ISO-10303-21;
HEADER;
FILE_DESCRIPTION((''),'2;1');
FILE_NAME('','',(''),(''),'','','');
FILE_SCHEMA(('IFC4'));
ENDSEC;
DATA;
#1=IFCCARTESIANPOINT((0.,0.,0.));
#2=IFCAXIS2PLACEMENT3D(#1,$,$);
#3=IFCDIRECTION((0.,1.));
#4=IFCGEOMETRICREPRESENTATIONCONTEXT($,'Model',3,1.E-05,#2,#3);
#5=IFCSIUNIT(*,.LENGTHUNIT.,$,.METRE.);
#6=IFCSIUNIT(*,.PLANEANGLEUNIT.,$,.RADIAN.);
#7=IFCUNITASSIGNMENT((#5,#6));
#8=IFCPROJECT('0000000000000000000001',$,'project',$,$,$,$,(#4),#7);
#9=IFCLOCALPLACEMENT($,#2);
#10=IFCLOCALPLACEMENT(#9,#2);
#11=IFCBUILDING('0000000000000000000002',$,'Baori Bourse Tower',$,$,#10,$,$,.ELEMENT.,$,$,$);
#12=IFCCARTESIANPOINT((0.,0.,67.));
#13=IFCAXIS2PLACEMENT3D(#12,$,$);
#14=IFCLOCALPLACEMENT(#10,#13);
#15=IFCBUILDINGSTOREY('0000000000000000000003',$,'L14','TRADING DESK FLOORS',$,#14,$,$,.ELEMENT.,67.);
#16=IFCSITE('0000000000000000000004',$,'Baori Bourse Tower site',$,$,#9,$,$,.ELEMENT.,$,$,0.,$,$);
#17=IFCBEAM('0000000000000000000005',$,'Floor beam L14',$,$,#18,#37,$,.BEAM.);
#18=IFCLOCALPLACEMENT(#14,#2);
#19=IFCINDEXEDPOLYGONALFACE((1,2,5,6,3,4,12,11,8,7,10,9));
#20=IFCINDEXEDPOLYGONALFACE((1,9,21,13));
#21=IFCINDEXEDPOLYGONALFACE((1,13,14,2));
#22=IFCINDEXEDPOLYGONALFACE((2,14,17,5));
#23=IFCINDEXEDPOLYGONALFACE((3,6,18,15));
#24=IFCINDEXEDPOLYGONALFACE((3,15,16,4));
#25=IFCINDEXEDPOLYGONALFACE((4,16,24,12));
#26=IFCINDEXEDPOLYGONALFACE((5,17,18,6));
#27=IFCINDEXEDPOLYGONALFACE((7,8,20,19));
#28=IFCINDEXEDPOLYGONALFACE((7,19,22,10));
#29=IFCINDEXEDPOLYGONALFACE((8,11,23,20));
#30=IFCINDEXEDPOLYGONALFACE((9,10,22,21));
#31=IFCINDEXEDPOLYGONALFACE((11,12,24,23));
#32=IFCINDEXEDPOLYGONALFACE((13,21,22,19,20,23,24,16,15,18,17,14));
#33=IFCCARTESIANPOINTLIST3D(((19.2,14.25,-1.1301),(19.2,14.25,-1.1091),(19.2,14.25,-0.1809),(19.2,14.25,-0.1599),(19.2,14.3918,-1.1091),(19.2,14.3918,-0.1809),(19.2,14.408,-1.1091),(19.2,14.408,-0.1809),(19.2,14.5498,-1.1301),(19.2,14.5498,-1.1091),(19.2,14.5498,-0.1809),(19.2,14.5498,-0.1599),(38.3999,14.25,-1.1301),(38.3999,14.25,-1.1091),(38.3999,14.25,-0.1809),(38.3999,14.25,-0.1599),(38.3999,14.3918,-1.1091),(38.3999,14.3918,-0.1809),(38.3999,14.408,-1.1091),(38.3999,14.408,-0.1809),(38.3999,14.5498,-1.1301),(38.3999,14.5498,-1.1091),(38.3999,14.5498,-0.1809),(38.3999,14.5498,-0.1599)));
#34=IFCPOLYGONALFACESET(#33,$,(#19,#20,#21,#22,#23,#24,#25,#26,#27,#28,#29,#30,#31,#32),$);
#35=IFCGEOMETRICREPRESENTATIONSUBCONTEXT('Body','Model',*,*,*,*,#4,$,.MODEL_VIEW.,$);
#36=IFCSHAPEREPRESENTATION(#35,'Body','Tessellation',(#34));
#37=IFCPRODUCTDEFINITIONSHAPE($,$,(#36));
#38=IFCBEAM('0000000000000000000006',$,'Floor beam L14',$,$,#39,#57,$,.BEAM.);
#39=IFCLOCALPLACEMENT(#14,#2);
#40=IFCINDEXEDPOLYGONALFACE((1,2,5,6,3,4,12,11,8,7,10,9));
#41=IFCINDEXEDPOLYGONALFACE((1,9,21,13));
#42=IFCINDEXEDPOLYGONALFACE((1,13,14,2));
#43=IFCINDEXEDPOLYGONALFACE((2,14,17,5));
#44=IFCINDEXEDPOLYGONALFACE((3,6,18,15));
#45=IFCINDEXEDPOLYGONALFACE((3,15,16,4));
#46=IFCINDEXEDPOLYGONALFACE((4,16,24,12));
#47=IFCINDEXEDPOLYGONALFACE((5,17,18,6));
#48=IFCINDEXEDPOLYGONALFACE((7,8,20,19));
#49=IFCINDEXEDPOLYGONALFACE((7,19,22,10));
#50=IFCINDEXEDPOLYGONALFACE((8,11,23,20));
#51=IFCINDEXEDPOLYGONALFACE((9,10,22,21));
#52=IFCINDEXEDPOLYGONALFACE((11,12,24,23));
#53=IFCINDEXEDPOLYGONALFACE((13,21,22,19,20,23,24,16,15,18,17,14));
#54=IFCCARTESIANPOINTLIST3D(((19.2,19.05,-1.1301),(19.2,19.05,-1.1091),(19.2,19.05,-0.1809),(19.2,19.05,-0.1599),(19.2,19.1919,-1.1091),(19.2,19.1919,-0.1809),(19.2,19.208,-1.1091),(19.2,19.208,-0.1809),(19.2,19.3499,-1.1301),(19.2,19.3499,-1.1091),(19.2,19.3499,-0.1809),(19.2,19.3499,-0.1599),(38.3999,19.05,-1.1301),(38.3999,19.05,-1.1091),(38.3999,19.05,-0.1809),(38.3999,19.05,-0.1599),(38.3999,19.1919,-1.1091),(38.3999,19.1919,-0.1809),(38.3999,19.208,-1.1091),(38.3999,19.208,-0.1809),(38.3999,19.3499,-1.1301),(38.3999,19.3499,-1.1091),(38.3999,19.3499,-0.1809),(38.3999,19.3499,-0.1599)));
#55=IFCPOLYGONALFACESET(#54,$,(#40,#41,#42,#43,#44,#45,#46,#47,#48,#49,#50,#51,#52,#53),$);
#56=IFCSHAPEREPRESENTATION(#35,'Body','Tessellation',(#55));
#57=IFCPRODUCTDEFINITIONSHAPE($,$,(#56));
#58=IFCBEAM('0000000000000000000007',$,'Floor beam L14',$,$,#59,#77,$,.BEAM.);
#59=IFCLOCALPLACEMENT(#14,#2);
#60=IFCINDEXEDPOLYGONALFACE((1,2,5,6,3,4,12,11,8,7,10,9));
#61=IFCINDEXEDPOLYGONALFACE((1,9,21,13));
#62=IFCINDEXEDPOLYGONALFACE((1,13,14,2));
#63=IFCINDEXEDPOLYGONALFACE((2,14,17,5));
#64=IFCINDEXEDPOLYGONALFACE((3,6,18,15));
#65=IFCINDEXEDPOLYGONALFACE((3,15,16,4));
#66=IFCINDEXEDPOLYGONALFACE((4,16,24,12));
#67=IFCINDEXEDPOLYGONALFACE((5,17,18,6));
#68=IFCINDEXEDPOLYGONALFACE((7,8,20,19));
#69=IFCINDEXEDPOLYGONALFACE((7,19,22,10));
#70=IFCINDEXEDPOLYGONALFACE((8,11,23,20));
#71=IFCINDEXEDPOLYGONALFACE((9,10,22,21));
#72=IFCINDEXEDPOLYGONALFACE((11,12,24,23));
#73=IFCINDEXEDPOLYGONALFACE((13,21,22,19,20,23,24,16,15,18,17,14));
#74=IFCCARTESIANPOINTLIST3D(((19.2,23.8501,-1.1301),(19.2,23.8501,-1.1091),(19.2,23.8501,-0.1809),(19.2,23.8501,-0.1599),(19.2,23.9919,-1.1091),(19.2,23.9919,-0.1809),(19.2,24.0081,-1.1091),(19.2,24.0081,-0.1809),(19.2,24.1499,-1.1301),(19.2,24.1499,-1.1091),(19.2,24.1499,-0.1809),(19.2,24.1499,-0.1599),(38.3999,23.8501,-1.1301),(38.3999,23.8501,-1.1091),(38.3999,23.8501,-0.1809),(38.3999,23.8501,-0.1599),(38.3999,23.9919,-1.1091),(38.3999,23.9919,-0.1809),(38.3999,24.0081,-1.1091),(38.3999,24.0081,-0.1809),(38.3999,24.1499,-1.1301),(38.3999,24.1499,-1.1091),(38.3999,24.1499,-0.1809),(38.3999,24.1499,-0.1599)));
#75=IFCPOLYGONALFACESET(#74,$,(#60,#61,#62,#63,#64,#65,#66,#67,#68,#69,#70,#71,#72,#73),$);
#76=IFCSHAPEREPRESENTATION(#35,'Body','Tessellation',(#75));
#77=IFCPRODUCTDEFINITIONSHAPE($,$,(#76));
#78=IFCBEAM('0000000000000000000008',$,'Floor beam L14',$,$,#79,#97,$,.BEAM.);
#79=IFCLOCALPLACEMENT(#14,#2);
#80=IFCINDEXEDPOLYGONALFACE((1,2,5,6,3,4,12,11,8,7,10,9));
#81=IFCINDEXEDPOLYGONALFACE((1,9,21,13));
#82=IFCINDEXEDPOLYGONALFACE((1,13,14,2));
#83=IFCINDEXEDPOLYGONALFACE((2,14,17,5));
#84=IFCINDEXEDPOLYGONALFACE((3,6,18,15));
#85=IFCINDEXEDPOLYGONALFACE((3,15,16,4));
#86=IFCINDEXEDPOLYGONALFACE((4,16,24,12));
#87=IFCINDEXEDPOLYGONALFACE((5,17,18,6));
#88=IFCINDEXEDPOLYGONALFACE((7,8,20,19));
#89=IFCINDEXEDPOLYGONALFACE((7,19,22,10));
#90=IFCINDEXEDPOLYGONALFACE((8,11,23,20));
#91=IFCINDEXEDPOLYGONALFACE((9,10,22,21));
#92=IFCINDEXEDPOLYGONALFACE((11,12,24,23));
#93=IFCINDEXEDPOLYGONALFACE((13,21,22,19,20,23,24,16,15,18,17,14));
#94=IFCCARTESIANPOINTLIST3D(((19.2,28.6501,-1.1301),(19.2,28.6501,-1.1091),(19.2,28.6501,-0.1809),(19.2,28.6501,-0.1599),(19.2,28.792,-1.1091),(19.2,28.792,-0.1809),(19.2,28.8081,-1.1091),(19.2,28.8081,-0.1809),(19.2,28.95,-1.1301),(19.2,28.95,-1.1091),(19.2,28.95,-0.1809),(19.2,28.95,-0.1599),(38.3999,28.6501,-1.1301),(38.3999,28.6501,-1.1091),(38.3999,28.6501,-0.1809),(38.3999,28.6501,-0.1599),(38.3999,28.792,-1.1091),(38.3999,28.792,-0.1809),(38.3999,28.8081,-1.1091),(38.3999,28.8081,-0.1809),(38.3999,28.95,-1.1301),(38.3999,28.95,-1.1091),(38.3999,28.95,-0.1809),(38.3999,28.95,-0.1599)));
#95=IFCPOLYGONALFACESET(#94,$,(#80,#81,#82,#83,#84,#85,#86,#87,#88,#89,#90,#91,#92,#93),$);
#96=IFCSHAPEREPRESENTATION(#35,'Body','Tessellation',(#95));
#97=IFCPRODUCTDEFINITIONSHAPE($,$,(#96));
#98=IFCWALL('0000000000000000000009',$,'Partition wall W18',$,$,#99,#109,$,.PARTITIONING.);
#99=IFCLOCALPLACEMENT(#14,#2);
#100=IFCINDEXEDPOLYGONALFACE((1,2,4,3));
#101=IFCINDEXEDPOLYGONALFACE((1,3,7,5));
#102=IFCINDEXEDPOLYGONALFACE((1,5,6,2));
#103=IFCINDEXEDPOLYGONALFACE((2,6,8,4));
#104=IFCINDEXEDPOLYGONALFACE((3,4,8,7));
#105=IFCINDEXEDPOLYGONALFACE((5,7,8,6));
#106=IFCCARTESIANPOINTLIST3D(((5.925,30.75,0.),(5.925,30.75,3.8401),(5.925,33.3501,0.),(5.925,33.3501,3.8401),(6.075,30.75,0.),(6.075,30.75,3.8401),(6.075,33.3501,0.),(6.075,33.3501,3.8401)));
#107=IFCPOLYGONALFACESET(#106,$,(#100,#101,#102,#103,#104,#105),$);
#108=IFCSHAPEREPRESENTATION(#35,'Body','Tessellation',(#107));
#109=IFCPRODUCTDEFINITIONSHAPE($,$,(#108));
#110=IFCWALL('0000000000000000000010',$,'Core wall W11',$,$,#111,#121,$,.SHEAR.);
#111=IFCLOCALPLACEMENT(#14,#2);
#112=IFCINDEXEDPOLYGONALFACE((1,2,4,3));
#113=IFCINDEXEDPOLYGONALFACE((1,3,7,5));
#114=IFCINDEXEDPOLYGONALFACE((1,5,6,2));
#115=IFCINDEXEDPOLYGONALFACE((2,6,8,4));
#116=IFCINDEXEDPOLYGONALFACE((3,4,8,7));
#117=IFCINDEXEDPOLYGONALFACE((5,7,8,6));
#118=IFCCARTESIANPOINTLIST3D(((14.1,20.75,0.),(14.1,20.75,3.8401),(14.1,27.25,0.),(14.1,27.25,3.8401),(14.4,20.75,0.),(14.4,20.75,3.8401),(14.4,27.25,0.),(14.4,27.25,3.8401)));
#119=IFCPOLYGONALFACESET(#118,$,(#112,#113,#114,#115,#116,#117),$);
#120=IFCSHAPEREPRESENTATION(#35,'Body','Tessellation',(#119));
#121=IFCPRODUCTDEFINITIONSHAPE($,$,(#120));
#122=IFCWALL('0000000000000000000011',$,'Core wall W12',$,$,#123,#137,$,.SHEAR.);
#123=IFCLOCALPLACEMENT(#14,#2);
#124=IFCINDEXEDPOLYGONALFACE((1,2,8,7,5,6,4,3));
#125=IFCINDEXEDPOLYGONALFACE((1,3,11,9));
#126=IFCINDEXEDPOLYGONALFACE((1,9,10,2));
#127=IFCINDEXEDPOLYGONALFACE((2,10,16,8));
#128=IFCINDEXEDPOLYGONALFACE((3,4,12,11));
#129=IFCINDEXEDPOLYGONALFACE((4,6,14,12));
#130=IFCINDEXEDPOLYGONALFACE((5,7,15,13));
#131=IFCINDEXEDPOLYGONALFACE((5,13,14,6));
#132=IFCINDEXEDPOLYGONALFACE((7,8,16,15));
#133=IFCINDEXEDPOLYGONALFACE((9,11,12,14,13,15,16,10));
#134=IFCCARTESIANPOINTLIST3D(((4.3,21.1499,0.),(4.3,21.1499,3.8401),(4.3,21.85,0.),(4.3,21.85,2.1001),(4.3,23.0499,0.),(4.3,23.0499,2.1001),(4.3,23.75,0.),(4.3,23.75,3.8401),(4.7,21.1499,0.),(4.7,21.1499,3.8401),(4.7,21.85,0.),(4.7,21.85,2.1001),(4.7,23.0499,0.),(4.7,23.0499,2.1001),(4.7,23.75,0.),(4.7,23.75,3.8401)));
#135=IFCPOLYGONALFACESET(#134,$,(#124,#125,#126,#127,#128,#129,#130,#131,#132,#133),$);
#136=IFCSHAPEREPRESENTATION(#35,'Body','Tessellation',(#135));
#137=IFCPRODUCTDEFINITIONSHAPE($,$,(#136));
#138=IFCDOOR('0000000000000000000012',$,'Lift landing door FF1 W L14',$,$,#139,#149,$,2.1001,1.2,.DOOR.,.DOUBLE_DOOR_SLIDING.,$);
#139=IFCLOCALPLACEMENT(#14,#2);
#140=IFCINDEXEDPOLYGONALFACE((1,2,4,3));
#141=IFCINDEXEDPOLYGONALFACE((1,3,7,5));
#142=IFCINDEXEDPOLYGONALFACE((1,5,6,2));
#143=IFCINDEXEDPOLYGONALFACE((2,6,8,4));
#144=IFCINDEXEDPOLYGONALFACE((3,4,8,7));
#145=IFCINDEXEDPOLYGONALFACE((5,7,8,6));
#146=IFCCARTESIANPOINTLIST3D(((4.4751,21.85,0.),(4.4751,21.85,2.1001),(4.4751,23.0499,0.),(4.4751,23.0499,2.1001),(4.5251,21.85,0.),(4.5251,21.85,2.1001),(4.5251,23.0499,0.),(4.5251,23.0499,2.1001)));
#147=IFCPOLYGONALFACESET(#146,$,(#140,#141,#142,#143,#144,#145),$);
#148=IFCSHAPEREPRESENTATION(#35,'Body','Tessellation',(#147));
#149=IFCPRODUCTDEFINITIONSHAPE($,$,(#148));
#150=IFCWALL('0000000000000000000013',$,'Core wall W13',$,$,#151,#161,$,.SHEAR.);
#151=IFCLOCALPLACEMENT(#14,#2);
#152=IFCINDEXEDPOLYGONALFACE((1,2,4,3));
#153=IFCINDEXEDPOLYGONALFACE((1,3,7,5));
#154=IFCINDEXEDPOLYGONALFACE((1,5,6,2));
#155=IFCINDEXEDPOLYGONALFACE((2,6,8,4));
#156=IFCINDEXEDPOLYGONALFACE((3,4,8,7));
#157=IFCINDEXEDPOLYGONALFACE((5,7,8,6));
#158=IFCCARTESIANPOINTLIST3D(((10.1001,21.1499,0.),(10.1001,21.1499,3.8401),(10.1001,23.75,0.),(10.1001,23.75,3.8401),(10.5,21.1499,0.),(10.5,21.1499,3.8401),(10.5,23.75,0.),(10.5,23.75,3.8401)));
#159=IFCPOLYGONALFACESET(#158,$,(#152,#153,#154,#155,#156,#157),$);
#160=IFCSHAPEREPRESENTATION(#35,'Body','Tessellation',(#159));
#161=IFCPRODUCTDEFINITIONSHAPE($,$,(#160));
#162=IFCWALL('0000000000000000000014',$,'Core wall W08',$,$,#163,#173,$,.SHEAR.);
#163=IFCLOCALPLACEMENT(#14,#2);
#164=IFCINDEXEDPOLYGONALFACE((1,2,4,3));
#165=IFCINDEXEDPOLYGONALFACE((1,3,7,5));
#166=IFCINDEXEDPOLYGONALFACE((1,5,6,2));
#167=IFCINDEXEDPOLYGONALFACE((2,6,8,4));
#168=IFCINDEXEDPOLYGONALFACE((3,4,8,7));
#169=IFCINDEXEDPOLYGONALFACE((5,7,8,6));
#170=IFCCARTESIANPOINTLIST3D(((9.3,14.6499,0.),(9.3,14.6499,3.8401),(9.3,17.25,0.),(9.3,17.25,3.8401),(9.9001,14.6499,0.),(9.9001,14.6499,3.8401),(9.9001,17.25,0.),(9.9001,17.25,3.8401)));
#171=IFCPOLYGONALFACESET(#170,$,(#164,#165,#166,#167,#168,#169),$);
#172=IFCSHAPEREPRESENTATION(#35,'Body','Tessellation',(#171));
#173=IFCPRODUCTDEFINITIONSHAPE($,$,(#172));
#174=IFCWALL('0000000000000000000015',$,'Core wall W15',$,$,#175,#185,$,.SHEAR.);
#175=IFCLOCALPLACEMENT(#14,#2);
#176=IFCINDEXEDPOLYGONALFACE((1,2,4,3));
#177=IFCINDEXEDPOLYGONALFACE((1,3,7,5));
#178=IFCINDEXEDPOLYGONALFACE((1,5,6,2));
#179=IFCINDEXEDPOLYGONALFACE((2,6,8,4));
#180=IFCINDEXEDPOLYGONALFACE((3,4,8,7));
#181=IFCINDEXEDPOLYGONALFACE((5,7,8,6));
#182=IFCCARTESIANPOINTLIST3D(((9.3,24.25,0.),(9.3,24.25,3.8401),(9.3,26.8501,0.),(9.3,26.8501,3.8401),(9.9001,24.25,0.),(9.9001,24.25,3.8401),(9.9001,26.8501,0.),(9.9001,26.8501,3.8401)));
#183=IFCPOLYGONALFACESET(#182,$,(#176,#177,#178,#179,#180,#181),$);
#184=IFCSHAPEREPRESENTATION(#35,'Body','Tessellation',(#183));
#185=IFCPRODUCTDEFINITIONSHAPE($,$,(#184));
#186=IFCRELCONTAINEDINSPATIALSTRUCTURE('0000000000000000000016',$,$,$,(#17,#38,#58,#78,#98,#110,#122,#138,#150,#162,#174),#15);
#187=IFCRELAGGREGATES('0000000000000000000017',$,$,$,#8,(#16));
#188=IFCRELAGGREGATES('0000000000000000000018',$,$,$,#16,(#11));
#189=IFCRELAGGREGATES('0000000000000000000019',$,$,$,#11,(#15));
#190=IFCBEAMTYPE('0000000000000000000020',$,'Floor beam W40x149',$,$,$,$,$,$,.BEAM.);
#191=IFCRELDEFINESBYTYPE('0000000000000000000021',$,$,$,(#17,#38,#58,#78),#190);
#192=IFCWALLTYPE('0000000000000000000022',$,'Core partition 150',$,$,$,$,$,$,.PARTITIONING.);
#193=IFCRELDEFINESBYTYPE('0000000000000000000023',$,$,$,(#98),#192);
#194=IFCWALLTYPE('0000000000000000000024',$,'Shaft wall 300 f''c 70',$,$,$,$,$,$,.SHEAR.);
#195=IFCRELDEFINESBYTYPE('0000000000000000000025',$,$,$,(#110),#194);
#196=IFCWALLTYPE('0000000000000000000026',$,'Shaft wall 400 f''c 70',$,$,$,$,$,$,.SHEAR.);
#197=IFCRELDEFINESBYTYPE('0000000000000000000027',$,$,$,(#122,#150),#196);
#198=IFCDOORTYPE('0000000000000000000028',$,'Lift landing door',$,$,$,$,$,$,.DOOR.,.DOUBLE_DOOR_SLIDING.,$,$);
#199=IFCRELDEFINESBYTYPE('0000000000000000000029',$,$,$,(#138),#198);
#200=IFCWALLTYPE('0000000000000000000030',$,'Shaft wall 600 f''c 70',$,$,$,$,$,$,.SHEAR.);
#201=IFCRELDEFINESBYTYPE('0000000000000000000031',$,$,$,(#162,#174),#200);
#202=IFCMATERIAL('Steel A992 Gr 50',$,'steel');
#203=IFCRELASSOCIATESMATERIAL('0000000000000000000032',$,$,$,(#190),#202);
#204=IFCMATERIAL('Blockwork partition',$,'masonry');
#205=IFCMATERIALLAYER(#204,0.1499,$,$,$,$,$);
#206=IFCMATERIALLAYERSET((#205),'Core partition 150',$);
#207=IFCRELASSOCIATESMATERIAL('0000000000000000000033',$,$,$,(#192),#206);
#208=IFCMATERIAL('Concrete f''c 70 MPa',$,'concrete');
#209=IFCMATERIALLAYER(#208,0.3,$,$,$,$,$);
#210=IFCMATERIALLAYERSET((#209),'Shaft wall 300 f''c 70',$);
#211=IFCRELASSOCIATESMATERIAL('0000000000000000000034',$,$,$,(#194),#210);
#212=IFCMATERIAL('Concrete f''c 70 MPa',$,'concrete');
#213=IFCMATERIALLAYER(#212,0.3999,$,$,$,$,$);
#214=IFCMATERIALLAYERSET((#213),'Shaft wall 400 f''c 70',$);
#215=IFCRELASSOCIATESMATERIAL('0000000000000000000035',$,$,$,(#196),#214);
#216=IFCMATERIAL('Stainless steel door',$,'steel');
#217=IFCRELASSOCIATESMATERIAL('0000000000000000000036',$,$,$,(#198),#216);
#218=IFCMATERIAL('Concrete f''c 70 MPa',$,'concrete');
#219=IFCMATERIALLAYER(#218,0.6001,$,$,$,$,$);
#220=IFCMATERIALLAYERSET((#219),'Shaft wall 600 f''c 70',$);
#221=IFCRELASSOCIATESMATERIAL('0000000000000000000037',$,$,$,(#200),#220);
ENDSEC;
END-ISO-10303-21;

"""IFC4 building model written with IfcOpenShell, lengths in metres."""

from ifc_helpers import new_model, si_unit, direction, frame, frame_2d, origin, origin_2d, place, context, subcontext, project, spatial, rectangle, i_section, extrude, material, layer, layer_set, material_profile, profile_set, type_object, element, fill, save


model = new_model("IFC4")

# Units and contexts
model_context = context("Model", 3, precision=1e-05, world=origin(), true_north=direction((0.0, 1.0)))
body_context = subcontext(model_context, "Body", "Model", "MODEL_VIEW")
ifc_project = project(units=[si_unit("LENGTHUNIT", "METRE"), si_unit("PLANEANGLEUNIT", "RADIAN")], contexts=[model_context])

# Site, building, storey
site_placement = place(None, origin())
site = spatial("IfcSite", under=ifc_project, at=site_placement, Name="Baori Bourse Tower site", CompositionType="ELEMENT", RefElevation=0.0)
building_placement = place(site_placement, origin())
building = spatial("IfcBuilding", under=site, at=building_placement, Name="Baori Bourse Tower", CompositionType="ELEMENT")
storey_placement = place(building_placement, frame((0.0, 0.0, 67.0)))
storey = spatial("IfcBuildingStorey", under=building, at=storey_placement, Name="L14", Description="TRADING DESK FLOORS", CompositionType="ELEMENT", Elevation=67.0)

# Beams
ifc_material_1 = material(Name="Steel A992 Gr 50", Category="steel")
ifc_material_profile = material_profile(ifc_material_1, i_section(OverallWidth=0.2998, OverallDepth=0.9702, WebThickness=0.0161, FlangeThickness=0.021, at=origin_2d()), Name="W40x149")
ifc_profile_set = profile_set([ifc_material_profile], Name="Steel A992 Gr 50")
beam_type = type_object("IfcBeamType", Name="Floor beam W40x149", PredefinedType="BEAM", material=ifc_profile_set)
for number, where, z_axis, x_axis, name in (
    (1, (19.2, 14.3999, -0.645), (1.0, 0.0, 0.0), (0.0, 1.0, 0.0), "Floor beam L14"),
    (2, (19.2, 19.2, -0.645), (1.0, 0.0, 0.0), (0.0, 1.0, 0.0), "Floor beam L14"),
    (3, (19.2, 24.0, -0.645), (1.0, 0.0, 0.0), (0.0, 1.0, 0.0), "Floor beam L14"),
    (4, (19.2, 28.8, -0.645), (1.0, 0.0, 0.0), (0.0, 1.0, 0.0), "Floor beam L14"),
):
    element("IfcBeam", number, at=place(storey_placement, frame(where, z_axis=z_axis, x_axis=x_axis)), inside=storey, type_object=beam_type, Name=name, PredefinedType="BEAM", context=body_context, shape_type="SweptSolid", body=[
        extrude(i_section(OverallWidth=0.2998, OverallDepth=0.9702, WebThickness=0.0161, FlangeThickness=0.021, at=origin_2d()), origin(), (0.0, 0.0, 1.0), 19.2),
    ])

# Walls
ifc_material_2 = material(Name="Blockwork partition", Category="masonry")
ifc_layer_1 = layer(ifc_material_2, 0.1499)
ifc_layer_set_1 = layer_set([ifc_layer_1], Name="Core partition 150")
wall_type_1 = type_object("IfcWallType", Name="Core partition 150", PredefinedType="PARTITIONING", material=ifc_layer_set_1)
wall_1_placement = place(storey_placement, frame((6.0, 30.75, 0.0), z_axis=(0.0, 0.0, 1.0), x_axis=(0.0, 1.0, 0.0)))
element("IfcWall", 5, at=wall_1_placement, inside=storey, type_object=wall_type_1, Name="Partition wall W18", PredefinedType="PARTITIONING", context=body_context, shape_type="SweptSolid", body=[
    extrude(rectangle(XDim=2.6001, YDim=0.1499, at=frame_2d((1.3, 0.0))), origin(), (0.0, 0.0, 1.0), 3.8401),
])
ifc_material_3 = material(Name="Concrete f'c 70 MPa", Category="concrete")
ifc_layer_2 = layer(ifc_material_3, 0.3)
ifc_layer_set_2 = layer_set([ifc_layer_2], Name="Shaft wall 300 f'c 70")
wall_type_2 = type_object("IfcWallType", Name="Shaft wall 300 f'c 70", PredefinedType="SHEAR", material=ifc_layer_set_2)
wall_2_placement = place(storey_placement, frame((14.25, 20.75, 0.0), z_axis=(0.0, 0.0, 1.0), x_axis=(0.0, 1.0, 0.0)))
element("IfcWall", 6, at=wall_2_placement, inside=storey, type_object=wall_type_2, Name="Core wall W11", PredefinedType="SHEAR", context=body_context, shape_type="SweptSolid", body=[
    extrude(rectangle(XDim=6.5, YDim=0.3, at=frame_2d((3.25, 0.0))), origin(), (0.0, 0.0, 1.0), 3.8401),
])

# Wall, opening, door
ifc_material_4 = material(Name="Concrete f'c 70 MPa", Category="concrete")
ifc_layer_3 = layer(ifc_material_4, 0.3999)
ifc_layer_set_3 = layer_set([ifc_layer_3], Name="Shaft wall 400 f'c 70")
wall_type_3 = type_object("IfcWallType", Name="Shaft wall 400 f'c 70", PredefinedType="SHEAR", material=ifc_layer_set_3)
wall_3_placement = place(storey_placement, frame((4.5, 21.1499, 0.0), z_axis=(0.0, 0.0, 1.0), x_axis=(0.0, 1.0, 0.0)))
wall_3 = element("IfcWall", 7, at=wall_3_placement, inside=storey, type_object=wall_type_3, Name="Core wall W12", PredefinedType="SHEAR", context=body_context, shape_type="SweptSolid", body=[
    extrude(rectangle(XDim=2.6001, YDim=0.3999, at=frame_2d((1.3, 0.0))), origin(), (0.0, 0.0, 1.0), 3.8401),
])
opening_placement = place(wall_3_placement, frame((0.7, 0.0, 0.0)))
opening = element("IfcOpeningElement", 8, at=opening_placement, cuts=wall_3, PredefinedType="OPENING", context=body_context, shape_type="SweptSolid", body=[
    extrude(rectangle(XDim=1.2, YDim=2.1001, at=frame_2d((0.6001, 1.05))), frame((0.0, 0.21, 0.0), z_axis=(0.0, -1.0, 0.0), x_axis=(1.0, 0.0, 0.0)), (0.0, 0.0, 1.0), 0.4199),
])
ifc_material_5 = material(Name="Stainless steel door", Category="steel")
door_type = type_object("IfcDoorType", Name="Lift landing door", OperationType="DOUBLE_DOOR_SLIDING", PredefinedType="DOOR", material=ifc_material_5)
door_placement = place(opening_placement, origin())
door = element("IfcDoor", 9, at=door_placement, inside=storey, type_object=door_type, Name="Lift landing door FF1 W L14", OperationType="DOUBLE_DOOR_SLIDING", OverallHeight=2.1001, OverallWidth=1.2, PredefinedType="DOOR", context=body_context, shape_type="SweptSolid", body=[
    extrude(rectangle(XDim=1.2, YDim=2.1001, at=frame_2d((0.6001, 1.05))), frame((0.0, 0.0249, 0.0), z_axis=(0.0, -1.0, 0.0), x_axis=(1.0, 0.0, 0.0)), (0.0, 0.0, 1.0), 0.05),
])
fill(opening, door)

# Walls
wall_4_placement = place(storey_placement, frame((10.3, 21.1499, 0.0), z_axis=(0.0, 0.0, 1.0), x_axis=(0.0, 1.0, 0.0)))
element("IfcWall", 10, at=wall_4_placement, inside=storey, type_object=wall_type_3, Name="Core wall W13", PredefinedType="SHEAR", context=body_context, shape_type="SweptSolid", body=[
    extrude(rectangle(XDim=2.6001, YDim=0.3999, at=frame_2d((1.3, 0.0))), origin(), (0.0, 0.0, 1.0), 3.8401),
])
ifc_material_6 = material(Name="Concrete f'c 70 MPa", Category="concrete")
ifc_layer_4 = layer(ifc_material_6, 0.6001)
ifc_layer_set_4 = layer_set([ifc_layer_4], Name="Shaft wall 600 f'c 70")
wall_type_4 = type_object("IfcWallType", Name="Shaft wall 600 f'c 70", PredefinedType="SHEAR", material=ifc_layer_set_4)
for number, where, z_axis, x_axis, name in (
    (11, (9.6001, 14.6499, 0.0), (0.0, 0.0, 1.0), (0.0, 1.0, 0.0), "Core wall W08"),
    (12, (9.6001, 24.25, 0.0), (0.0, 0.0, 1.0), (0.0, 1.0, 0.0), "Core wall W15"),
):
    element("IfcWall", number, at=place(storey_placement, frame(where, z_axis=z_axis, x_axis=x_axis)), inside=storey, type_object=wall_type_4, Name=name, PredefinedType="SHEAR", context=body_context, shape_type="SweptSolid", body=[
        extrude(rectangle(XDim=2.6001, YDim=0.6001, at=frame_2d((1.3, 0.0))), origin(), (0.0, 0.0, 1.0), 3.8401),
    ])

save(model, "model.ifc")
